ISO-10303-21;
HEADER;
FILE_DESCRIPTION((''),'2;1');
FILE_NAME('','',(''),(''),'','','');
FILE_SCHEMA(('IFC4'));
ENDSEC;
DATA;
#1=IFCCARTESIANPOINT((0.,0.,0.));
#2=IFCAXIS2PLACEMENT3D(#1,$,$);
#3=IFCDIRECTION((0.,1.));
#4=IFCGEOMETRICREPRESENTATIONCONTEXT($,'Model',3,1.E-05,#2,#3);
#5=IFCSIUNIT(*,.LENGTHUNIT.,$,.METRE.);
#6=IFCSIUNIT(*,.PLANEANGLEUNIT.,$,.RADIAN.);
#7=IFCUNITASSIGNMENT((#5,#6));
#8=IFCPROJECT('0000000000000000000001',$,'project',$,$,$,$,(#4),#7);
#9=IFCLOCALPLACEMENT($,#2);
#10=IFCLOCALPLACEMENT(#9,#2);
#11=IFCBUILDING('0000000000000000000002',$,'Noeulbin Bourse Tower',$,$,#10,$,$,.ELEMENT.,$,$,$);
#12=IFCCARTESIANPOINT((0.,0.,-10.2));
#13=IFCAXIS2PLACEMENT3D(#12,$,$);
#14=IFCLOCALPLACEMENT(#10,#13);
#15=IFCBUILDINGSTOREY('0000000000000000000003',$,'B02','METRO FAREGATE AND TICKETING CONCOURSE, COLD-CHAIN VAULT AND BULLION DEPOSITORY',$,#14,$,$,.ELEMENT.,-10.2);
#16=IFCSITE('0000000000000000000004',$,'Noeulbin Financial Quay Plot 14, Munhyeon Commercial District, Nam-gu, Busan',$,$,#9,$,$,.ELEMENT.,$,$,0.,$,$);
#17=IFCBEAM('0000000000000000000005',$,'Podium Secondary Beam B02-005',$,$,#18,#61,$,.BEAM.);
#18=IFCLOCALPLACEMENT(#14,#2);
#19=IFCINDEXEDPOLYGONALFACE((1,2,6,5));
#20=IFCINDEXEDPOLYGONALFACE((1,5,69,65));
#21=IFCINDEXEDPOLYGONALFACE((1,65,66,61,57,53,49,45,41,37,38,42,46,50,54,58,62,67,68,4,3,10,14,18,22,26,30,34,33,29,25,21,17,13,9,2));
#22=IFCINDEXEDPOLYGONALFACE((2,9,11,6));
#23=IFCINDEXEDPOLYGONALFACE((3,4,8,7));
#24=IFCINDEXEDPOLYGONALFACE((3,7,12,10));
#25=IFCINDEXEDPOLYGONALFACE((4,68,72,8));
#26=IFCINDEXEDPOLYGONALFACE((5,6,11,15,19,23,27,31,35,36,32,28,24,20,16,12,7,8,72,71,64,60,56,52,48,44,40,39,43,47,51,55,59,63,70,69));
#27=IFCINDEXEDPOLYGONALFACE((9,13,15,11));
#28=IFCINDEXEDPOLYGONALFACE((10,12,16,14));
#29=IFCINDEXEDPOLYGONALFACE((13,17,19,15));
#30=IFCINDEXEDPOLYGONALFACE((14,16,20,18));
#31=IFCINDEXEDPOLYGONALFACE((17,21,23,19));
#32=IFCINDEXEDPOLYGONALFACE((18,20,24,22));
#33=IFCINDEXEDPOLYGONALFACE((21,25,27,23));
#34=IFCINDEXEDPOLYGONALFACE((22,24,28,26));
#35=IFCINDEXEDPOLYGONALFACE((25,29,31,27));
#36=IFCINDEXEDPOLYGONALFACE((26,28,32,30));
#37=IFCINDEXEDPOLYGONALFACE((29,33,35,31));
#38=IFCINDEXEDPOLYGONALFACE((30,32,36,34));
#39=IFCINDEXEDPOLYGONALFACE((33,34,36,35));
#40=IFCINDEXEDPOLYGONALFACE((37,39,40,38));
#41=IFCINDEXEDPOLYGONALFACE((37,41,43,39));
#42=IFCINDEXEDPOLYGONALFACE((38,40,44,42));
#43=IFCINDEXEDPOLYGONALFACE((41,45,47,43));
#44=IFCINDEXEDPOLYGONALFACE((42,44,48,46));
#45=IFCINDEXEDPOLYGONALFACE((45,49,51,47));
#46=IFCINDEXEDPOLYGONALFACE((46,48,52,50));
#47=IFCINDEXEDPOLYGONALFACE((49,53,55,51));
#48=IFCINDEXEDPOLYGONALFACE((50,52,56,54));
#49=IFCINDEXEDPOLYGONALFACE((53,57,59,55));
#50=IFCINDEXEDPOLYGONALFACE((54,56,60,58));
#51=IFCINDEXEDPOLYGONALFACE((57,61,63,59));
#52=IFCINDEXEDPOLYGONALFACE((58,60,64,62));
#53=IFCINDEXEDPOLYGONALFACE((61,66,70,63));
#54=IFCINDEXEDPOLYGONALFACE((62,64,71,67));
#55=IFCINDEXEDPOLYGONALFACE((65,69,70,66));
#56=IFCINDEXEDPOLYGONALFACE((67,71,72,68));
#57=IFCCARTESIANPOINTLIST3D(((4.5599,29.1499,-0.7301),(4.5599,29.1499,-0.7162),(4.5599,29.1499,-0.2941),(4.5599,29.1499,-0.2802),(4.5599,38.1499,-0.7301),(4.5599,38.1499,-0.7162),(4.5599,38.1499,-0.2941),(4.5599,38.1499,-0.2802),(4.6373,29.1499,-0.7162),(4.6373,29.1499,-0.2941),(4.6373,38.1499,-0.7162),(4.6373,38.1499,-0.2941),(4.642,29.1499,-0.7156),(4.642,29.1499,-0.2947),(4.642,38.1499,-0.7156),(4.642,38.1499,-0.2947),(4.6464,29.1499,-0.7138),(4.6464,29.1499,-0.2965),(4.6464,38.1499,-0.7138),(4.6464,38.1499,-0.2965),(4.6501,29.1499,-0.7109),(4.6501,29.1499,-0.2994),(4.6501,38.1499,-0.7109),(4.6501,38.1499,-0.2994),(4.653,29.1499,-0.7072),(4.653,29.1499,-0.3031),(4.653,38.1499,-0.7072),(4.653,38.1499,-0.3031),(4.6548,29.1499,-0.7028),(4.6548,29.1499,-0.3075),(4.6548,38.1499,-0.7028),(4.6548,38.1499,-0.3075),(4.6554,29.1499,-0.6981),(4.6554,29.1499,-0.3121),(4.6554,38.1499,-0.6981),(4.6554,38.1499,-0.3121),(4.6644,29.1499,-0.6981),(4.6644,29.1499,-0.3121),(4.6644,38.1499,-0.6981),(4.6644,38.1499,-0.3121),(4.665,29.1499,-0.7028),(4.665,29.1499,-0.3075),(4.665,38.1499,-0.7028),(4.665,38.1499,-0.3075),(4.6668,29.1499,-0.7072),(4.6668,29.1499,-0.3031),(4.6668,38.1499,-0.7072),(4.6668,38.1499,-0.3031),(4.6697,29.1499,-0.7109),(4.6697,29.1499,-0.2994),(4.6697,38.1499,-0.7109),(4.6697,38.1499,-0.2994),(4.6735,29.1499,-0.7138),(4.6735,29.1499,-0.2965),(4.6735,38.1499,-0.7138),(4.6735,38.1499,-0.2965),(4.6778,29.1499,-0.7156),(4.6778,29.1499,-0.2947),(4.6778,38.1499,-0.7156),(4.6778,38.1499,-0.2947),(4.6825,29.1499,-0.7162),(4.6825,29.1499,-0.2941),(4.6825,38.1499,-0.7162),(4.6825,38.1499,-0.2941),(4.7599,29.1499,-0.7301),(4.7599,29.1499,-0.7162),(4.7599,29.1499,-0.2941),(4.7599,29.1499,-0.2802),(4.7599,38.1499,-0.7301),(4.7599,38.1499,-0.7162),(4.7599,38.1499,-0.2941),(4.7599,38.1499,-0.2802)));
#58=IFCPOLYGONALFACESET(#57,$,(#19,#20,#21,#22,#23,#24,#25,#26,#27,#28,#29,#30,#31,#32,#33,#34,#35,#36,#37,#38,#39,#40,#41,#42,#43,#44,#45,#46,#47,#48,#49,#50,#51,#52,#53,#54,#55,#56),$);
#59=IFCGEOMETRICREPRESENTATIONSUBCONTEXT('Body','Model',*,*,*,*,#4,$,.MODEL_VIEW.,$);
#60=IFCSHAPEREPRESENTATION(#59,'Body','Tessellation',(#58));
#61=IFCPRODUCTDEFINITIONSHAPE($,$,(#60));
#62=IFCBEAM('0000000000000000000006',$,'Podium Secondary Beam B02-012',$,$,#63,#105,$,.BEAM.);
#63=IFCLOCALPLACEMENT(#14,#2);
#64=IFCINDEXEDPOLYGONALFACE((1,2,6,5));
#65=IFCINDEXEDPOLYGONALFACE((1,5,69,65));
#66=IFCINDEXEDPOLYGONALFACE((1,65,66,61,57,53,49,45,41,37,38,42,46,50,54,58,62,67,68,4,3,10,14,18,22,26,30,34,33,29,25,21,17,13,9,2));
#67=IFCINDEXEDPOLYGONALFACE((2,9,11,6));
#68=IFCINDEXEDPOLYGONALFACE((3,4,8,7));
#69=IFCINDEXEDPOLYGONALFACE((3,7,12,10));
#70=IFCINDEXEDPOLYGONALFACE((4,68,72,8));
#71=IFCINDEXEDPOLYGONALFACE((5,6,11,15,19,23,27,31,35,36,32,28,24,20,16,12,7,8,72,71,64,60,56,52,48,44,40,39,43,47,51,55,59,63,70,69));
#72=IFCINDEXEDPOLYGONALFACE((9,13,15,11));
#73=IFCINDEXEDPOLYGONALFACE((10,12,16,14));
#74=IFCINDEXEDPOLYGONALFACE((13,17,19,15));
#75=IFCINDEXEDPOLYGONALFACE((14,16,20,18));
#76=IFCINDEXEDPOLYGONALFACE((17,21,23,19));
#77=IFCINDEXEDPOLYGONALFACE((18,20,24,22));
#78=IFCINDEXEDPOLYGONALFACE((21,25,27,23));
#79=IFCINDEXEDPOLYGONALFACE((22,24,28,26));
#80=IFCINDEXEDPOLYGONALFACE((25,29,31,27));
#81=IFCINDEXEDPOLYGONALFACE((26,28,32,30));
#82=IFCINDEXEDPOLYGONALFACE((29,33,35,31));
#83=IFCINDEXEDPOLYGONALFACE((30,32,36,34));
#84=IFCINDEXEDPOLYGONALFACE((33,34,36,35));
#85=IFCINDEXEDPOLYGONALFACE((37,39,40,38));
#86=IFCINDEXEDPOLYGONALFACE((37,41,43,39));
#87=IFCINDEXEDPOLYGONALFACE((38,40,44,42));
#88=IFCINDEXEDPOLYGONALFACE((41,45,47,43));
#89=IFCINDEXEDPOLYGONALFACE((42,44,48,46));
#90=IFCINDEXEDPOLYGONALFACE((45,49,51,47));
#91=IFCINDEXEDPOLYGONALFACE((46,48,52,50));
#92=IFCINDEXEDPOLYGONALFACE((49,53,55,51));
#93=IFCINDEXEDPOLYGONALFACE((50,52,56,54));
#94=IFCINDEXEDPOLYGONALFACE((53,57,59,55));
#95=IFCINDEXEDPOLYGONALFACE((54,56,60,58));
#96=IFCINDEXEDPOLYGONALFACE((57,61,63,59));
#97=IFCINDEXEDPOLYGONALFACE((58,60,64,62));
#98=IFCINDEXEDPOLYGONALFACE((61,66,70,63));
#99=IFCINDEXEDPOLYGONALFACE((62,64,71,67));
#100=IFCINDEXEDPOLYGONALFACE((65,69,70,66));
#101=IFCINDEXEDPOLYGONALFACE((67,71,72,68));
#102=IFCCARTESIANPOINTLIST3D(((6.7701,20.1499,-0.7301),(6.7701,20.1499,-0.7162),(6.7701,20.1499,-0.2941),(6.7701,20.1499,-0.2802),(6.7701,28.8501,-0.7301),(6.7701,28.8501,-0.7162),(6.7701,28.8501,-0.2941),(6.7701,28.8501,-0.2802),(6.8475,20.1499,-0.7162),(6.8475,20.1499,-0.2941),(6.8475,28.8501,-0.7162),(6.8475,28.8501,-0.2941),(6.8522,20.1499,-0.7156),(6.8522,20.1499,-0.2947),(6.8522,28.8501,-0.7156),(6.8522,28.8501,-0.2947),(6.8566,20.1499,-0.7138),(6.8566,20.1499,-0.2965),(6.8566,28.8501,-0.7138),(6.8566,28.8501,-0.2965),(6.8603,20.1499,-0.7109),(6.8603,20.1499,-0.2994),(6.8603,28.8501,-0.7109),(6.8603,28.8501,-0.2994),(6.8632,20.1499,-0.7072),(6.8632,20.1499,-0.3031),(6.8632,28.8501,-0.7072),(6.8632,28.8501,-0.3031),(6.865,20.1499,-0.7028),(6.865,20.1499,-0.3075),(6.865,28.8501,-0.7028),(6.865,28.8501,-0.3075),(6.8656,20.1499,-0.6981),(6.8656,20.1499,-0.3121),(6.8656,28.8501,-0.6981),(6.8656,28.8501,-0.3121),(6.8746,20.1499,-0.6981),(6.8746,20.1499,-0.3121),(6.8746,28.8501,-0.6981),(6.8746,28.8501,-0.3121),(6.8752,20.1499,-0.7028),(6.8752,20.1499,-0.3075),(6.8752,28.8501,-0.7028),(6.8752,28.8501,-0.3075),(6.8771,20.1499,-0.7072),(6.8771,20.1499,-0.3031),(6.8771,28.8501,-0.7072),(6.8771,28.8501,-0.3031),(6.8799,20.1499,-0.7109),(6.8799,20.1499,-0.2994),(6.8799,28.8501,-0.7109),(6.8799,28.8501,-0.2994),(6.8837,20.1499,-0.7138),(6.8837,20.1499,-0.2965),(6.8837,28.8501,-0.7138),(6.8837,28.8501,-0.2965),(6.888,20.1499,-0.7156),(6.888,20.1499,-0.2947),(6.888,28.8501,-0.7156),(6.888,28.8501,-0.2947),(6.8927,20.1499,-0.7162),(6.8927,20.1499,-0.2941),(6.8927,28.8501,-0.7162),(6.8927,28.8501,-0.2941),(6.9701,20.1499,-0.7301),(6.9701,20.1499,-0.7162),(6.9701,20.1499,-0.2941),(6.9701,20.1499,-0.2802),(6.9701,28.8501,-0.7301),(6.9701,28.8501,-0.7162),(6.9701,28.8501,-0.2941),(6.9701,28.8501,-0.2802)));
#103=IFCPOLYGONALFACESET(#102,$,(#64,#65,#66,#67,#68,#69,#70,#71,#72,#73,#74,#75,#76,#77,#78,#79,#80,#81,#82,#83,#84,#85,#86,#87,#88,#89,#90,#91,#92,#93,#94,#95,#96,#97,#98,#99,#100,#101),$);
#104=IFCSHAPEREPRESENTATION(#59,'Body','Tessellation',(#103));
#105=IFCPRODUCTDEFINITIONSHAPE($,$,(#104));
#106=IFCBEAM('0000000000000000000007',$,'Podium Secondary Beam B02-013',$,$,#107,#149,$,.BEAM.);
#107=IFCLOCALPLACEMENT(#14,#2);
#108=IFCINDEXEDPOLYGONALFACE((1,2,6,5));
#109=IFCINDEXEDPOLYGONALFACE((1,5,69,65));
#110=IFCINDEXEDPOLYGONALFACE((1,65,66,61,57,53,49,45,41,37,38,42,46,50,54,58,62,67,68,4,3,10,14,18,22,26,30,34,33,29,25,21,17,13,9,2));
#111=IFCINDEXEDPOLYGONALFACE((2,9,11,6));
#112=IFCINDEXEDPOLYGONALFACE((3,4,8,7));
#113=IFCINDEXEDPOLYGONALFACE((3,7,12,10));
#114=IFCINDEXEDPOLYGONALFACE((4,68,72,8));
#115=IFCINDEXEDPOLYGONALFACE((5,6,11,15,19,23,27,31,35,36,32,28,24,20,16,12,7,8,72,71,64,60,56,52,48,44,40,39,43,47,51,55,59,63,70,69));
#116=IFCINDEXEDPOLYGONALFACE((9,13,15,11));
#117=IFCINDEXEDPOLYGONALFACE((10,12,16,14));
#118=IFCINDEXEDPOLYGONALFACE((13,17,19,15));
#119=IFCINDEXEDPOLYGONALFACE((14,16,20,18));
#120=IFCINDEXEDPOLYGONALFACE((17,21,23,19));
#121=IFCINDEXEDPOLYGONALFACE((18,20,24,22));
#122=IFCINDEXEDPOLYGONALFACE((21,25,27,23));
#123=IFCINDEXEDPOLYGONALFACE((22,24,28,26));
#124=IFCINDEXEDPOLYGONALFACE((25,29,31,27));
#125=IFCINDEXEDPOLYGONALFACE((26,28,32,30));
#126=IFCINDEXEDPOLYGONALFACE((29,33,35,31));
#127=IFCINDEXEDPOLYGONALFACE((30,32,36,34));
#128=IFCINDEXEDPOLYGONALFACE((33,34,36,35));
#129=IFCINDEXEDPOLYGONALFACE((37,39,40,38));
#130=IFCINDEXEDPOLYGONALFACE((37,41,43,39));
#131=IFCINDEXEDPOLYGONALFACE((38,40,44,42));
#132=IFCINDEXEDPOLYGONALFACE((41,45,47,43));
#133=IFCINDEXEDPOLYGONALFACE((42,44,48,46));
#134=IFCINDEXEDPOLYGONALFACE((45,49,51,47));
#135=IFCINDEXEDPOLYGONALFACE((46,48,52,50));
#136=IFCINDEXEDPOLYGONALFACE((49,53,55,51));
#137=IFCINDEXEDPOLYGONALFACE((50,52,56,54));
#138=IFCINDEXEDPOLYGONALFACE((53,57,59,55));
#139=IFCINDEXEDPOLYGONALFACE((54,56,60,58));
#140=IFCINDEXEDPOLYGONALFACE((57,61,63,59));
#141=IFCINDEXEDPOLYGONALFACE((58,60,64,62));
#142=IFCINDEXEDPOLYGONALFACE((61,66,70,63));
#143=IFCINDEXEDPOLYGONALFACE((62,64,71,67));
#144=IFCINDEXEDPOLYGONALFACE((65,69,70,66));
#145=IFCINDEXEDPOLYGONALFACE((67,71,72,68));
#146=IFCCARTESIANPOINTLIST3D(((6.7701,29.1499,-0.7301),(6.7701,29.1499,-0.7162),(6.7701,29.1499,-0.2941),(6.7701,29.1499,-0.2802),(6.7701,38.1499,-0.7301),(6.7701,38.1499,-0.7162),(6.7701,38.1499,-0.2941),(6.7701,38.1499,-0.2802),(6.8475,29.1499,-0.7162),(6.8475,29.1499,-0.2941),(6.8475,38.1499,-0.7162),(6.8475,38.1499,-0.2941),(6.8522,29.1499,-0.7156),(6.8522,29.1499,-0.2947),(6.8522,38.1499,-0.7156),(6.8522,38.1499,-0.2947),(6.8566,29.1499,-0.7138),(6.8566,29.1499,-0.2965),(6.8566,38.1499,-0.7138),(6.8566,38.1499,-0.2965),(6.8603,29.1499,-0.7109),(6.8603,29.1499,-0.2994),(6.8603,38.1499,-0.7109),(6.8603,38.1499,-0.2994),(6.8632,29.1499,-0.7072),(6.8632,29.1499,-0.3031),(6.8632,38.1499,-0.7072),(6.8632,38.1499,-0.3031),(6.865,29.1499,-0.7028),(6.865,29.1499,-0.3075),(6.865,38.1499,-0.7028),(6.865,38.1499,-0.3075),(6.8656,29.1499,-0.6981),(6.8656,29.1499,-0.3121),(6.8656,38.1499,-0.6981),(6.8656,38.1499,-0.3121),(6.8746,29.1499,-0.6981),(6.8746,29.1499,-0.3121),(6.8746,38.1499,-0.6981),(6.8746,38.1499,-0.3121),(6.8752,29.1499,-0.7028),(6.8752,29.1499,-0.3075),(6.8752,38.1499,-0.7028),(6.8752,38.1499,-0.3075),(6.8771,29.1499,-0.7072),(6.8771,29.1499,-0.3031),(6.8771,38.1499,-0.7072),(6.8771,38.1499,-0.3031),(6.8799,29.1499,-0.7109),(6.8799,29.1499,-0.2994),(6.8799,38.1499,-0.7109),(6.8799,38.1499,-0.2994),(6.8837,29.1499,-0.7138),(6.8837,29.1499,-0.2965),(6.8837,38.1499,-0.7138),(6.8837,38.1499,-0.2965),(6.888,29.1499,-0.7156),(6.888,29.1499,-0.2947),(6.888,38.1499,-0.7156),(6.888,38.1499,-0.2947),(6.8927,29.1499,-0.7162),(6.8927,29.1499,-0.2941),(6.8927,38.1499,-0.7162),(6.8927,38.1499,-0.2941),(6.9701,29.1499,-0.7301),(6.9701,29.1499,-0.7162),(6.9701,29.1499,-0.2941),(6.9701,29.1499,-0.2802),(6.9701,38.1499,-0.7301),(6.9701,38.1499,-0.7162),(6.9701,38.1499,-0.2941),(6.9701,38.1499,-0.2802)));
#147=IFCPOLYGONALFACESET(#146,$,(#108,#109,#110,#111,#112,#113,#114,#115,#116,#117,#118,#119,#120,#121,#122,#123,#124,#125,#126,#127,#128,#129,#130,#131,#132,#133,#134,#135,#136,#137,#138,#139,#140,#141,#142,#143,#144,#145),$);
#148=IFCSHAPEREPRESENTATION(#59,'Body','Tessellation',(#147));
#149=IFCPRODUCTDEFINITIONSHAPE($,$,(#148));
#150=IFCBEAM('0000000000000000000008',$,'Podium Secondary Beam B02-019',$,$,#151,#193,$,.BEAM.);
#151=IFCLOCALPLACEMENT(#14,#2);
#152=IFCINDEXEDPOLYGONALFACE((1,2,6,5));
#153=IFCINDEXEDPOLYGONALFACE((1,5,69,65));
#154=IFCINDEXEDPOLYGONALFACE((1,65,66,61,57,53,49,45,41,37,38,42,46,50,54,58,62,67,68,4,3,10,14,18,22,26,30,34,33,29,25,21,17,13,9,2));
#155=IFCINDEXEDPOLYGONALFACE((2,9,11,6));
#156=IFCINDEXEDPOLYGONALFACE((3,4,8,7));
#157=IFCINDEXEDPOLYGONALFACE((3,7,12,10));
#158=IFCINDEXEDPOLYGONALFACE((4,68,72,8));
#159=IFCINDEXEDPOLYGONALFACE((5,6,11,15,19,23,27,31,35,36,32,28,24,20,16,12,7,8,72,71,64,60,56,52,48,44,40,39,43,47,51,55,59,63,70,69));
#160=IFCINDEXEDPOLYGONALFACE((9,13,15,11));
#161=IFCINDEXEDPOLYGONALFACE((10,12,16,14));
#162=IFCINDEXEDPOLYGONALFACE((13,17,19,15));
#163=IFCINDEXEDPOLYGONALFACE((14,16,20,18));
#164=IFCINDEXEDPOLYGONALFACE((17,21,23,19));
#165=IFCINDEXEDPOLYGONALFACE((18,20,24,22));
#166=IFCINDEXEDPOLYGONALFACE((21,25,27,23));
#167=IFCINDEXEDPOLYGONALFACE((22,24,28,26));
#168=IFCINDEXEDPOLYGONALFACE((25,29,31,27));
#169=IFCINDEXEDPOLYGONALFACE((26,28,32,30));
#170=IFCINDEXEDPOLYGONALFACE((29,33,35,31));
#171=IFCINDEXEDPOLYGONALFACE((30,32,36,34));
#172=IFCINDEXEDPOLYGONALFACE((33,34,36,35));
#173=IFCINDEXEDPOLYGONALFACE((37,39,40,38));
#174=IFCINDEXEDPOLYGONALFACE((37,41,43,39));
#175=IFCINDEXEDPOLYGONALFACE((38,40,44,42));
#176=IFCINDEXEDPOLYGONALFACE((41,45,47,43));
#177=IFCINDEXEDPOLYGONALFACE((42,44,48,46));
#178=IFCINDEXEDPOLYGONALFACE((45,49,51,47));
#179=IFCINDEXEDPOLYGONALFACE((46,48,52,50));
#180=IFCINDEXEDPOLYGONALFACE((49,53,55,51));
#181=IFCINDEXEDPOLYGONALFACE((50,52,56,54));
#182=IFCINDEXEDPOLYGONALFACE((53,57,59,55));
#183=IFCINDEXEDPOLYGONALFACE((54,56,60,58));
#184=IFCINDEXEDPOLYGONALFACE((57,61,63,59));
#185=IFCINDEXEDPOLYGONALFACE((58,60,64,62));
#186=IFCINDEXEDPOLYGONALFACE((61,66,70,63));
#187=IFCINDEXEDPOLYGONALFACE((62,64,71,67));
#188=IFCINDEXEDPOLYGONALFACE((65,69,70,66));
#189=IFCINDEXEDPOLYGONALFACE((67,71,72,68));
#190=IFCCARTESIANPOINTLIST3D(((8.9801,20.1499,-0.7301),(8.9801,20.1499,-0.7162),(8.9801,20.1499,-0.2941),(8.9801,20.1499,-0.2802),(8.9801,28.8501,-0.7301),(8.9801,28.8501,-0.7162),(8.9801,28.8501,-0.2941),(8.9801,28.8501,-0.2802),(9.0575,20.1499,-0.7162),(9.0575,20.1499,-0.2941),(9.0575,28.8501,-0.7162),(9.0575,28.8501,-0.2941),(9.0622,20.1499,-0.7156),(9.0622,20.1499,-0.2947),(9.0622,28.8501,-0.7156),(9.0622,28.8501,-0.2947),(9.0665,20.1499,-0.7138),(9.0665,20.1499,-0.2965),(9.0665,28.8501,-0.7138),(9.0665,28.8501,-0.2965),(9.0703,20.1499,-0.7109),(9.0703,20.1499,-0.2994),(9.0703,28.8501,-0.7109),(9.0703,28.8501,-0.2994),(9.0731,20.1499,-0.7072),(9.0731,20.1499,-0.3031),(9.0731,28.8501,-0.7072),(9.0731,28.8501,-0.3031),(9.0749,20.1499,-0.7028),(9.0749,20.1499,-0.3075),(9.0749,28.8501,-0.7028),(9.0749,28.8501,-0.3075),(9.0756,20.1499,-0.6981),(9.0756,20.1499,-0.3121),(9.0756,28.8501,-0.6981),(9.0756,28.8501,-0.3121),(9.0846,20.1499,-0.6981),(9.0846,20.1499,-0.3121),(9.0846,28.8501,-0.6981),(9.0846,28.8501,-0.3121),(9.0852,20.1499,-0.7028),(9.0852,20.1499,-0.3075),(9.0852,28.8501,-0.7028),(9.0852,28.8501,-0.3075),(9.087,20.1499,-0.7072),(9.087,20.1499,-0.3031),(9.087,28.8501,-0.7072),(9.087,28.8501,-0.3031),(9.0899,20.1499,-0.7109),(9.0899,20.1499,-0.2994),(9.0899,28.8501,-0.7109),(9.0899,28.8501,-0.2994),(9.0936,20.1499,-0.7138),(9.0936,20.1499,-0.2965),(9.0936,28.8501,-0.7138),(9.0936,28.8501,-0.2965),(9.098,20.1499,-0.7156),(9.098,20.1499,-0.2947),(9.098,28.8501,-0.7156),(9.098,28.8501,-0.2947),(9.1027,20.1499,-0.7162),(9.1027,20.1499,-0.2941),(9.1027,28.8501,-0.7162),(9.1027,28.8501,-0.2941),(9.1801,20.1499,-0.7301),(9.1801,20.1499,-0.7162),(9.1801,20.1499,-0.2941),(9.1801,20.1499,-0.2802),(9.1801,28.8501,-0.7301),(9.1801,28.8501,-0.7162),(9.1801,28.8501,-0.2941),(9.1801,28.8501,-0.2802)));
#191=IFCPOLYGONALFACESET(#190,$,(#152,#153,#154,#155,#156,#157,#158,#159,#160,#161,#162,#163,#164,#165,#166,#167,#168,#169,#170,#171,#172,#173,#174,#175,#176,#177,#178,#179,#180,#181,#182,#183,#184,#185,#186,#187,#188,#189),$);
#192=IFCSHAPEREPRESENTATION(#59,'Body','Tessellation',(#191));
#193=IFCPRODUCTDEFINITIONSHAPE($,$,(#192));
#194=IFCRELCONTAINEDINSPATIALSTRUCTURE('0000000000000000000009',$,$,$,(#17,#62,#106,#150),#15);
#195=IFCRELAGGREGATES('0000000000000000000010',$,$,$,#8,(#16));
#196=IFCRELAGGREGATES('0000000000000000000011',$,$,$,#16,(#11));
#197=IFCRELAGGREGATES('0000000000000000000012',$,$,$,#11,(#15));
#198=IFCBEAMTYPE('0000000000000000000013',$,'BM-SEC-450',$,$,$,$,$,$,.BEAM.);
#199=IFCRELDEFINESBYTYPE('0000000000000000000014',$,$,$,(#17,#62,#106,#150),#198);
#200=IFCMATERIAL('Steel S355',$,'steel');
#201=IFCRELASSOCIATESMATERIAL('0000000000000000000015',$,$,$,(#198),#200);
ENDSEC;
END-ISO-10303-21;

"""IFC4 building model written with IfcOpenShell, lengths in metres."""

from ifc_helpers import new_model, si_unit, direction, frame, origin, origin_2d, place, context, subcontext, project, spatial, i_section, extrude, material, material_profile, profile_set, type_object, element, save


model = new_model("IFC4")

# Units and contexts
model_context = context("Model", 3, precision=1e-05, world=origin(), true_north=direction((0.0, 1.0)))
body_context = subcontext(model_context, "Body", "Model", "MODEL_VIEW")
ifc_project = project(units=[si_unit("LENGTHUNIT", "METRE"), si_unit("PLANEANGLEUNIT", "RADIAN")], contexts=[model_context])

# Site, building, storey
site_placement = place(None, origin())
site = spatial("IfcSite", under=ifc_project, at=site_placement, Name="Noeulbin Financial Quay Plot 14, Munhyeon Commercial District, Nam-gu, Busan", CompositionType="ELEMENT", RefElevation=0.0)
building_placement = place(site_placement, origin())
building = spatial("IfcBuilding", under=site, at=building_placement, Name="Noeulbin Bourse Tower", CompositionType="ELEMENT")
storey_placement = place(building_placement, frame((0.0, 0.0, -10.2)))
storey = spatial("IfcBuildingStorey", under=building, at=storey_placement, Name="B02", Description="METRO FAREGATE AND TICKETING CONCOURSE, COLD-CHAIN VAULT AND BULLION DEPOSITORY", CompositionType="ELEMENT", Elevation=-10.2)

# Beams
ifc_material_1 = material(Name="Steel S355", Category="steel")
ifc_material_profile_1 = material_profile(ifc_material_1, i_section(OverallWidth=0.2, OverallDepth=0.45, WebThickness=0.009, FlangeThickness=0.0139, FilletRadius=0.0181, at=origin_2d()), Name="H-450x200x9x14", Category="LoadBearing")
ifc_profile_set_1 = profile_set([ifc_material_profile_1], Name="Steel S355")
beam_type_1 = type_object("IfcBeamType", Name="BM-SEC-450", PredefinedType="BEAM", material=ifc_profile_set_1)
beam_1_placement = place(storey_placement, frame((4.6599, 29.1499, -0.5051), z_axis=(0.0, 1.0, 0.0), x_axis=(-1.0, 0.0, 0.0)))
element("IfcBeam", 1, at=beam_1_placement, inside=storey, type_object=beam_type_1, Name="Podium Secondary Beam B02-005", PredefinedType="BEAM", context=body_context, shape_type="SweptSolid", body=[
    extrude(i_section(OverallWidth=0.2, OverallDepth=0.45, WebThickness=0.009, FlangeThickness=0.0139, FilletRadius=0.0181, at=origin_2d()), origin(), (0.0, 0.0, 1.0), 9.0),
])
beam_2_placement = place(storey_placement, frame((6.8701, 20.1499, -0.5051), z_axis=(0.0, 1.0, 0.0), x_axis=(-1.0, 0.0, 0.0)))
element("IfcBeam", 2, at=beam_2_placement, inside=storey, type_object=beam_type_1, Name="Podium Secondary Beam B02-012", PredefinedType="BEAM", context=body_context, shape_type="SweptSolid", body=[
    extrude(i_section(OverallWidth=0.2, OverallDepth=0.45, WebThickness=0.009, FlangeThickness=0.0139, FilletRadius=0.0181, at=origin_2d()), origin(), (0.0, 0.0, 1.0), 8.7002),
])
beam_3_placement = place(storey_placement, frame((6.8701, 29.1499, -0.5051), z_axis=(0.0, 1.0, 0.0), x_axis=(-1.0, 0.0, 0.0)))
element("IfcBeam", 3, at=beam_3_placement, inside=storey, type_object=beam_type_1, Name="Podium Secondary Beam B02-013", PredefinedType="BEAM", context=body_context, shape_type="SweptSolid", body=[
    extrude(i_section(OverallWidth=0.2, OverallDepth=0.45, WebThickness=0.009, FlangeThickness=0.0139, FilletRadius=0.0181, at=origin_2d()), origin(), (0.0, 0.0, 1.0), 9.0),
])
for number, where, z_axis, x_axis, name in (
    (4, (9.0801, 20.1499, -0.5051), (0.0, 1.0, 0.0), (-1.0, 0.0, 0.0), "Podium Secondary Beam B02-019"),
):
    element("IfcBeam", number, at=place(storey_placement, frame(where, z_axis=z_axis, x_axis=x_axis)), inside=storey, type_object=beam_type_1, Name=name, PredefinedType="BEAM", context=body_context, shape_type="SweptSolid", body=[
        extrude(i_section(OverallWidth=0.2, OverallDepth=0.45, WebThickness=0.009, FlangeThickness=0.0139, FilletRadius=0.0181, at=origin_2d()), origin(), (0.0, 0.0, 1.0), 8.7002),
    ])

save(model, "model.ifc")
